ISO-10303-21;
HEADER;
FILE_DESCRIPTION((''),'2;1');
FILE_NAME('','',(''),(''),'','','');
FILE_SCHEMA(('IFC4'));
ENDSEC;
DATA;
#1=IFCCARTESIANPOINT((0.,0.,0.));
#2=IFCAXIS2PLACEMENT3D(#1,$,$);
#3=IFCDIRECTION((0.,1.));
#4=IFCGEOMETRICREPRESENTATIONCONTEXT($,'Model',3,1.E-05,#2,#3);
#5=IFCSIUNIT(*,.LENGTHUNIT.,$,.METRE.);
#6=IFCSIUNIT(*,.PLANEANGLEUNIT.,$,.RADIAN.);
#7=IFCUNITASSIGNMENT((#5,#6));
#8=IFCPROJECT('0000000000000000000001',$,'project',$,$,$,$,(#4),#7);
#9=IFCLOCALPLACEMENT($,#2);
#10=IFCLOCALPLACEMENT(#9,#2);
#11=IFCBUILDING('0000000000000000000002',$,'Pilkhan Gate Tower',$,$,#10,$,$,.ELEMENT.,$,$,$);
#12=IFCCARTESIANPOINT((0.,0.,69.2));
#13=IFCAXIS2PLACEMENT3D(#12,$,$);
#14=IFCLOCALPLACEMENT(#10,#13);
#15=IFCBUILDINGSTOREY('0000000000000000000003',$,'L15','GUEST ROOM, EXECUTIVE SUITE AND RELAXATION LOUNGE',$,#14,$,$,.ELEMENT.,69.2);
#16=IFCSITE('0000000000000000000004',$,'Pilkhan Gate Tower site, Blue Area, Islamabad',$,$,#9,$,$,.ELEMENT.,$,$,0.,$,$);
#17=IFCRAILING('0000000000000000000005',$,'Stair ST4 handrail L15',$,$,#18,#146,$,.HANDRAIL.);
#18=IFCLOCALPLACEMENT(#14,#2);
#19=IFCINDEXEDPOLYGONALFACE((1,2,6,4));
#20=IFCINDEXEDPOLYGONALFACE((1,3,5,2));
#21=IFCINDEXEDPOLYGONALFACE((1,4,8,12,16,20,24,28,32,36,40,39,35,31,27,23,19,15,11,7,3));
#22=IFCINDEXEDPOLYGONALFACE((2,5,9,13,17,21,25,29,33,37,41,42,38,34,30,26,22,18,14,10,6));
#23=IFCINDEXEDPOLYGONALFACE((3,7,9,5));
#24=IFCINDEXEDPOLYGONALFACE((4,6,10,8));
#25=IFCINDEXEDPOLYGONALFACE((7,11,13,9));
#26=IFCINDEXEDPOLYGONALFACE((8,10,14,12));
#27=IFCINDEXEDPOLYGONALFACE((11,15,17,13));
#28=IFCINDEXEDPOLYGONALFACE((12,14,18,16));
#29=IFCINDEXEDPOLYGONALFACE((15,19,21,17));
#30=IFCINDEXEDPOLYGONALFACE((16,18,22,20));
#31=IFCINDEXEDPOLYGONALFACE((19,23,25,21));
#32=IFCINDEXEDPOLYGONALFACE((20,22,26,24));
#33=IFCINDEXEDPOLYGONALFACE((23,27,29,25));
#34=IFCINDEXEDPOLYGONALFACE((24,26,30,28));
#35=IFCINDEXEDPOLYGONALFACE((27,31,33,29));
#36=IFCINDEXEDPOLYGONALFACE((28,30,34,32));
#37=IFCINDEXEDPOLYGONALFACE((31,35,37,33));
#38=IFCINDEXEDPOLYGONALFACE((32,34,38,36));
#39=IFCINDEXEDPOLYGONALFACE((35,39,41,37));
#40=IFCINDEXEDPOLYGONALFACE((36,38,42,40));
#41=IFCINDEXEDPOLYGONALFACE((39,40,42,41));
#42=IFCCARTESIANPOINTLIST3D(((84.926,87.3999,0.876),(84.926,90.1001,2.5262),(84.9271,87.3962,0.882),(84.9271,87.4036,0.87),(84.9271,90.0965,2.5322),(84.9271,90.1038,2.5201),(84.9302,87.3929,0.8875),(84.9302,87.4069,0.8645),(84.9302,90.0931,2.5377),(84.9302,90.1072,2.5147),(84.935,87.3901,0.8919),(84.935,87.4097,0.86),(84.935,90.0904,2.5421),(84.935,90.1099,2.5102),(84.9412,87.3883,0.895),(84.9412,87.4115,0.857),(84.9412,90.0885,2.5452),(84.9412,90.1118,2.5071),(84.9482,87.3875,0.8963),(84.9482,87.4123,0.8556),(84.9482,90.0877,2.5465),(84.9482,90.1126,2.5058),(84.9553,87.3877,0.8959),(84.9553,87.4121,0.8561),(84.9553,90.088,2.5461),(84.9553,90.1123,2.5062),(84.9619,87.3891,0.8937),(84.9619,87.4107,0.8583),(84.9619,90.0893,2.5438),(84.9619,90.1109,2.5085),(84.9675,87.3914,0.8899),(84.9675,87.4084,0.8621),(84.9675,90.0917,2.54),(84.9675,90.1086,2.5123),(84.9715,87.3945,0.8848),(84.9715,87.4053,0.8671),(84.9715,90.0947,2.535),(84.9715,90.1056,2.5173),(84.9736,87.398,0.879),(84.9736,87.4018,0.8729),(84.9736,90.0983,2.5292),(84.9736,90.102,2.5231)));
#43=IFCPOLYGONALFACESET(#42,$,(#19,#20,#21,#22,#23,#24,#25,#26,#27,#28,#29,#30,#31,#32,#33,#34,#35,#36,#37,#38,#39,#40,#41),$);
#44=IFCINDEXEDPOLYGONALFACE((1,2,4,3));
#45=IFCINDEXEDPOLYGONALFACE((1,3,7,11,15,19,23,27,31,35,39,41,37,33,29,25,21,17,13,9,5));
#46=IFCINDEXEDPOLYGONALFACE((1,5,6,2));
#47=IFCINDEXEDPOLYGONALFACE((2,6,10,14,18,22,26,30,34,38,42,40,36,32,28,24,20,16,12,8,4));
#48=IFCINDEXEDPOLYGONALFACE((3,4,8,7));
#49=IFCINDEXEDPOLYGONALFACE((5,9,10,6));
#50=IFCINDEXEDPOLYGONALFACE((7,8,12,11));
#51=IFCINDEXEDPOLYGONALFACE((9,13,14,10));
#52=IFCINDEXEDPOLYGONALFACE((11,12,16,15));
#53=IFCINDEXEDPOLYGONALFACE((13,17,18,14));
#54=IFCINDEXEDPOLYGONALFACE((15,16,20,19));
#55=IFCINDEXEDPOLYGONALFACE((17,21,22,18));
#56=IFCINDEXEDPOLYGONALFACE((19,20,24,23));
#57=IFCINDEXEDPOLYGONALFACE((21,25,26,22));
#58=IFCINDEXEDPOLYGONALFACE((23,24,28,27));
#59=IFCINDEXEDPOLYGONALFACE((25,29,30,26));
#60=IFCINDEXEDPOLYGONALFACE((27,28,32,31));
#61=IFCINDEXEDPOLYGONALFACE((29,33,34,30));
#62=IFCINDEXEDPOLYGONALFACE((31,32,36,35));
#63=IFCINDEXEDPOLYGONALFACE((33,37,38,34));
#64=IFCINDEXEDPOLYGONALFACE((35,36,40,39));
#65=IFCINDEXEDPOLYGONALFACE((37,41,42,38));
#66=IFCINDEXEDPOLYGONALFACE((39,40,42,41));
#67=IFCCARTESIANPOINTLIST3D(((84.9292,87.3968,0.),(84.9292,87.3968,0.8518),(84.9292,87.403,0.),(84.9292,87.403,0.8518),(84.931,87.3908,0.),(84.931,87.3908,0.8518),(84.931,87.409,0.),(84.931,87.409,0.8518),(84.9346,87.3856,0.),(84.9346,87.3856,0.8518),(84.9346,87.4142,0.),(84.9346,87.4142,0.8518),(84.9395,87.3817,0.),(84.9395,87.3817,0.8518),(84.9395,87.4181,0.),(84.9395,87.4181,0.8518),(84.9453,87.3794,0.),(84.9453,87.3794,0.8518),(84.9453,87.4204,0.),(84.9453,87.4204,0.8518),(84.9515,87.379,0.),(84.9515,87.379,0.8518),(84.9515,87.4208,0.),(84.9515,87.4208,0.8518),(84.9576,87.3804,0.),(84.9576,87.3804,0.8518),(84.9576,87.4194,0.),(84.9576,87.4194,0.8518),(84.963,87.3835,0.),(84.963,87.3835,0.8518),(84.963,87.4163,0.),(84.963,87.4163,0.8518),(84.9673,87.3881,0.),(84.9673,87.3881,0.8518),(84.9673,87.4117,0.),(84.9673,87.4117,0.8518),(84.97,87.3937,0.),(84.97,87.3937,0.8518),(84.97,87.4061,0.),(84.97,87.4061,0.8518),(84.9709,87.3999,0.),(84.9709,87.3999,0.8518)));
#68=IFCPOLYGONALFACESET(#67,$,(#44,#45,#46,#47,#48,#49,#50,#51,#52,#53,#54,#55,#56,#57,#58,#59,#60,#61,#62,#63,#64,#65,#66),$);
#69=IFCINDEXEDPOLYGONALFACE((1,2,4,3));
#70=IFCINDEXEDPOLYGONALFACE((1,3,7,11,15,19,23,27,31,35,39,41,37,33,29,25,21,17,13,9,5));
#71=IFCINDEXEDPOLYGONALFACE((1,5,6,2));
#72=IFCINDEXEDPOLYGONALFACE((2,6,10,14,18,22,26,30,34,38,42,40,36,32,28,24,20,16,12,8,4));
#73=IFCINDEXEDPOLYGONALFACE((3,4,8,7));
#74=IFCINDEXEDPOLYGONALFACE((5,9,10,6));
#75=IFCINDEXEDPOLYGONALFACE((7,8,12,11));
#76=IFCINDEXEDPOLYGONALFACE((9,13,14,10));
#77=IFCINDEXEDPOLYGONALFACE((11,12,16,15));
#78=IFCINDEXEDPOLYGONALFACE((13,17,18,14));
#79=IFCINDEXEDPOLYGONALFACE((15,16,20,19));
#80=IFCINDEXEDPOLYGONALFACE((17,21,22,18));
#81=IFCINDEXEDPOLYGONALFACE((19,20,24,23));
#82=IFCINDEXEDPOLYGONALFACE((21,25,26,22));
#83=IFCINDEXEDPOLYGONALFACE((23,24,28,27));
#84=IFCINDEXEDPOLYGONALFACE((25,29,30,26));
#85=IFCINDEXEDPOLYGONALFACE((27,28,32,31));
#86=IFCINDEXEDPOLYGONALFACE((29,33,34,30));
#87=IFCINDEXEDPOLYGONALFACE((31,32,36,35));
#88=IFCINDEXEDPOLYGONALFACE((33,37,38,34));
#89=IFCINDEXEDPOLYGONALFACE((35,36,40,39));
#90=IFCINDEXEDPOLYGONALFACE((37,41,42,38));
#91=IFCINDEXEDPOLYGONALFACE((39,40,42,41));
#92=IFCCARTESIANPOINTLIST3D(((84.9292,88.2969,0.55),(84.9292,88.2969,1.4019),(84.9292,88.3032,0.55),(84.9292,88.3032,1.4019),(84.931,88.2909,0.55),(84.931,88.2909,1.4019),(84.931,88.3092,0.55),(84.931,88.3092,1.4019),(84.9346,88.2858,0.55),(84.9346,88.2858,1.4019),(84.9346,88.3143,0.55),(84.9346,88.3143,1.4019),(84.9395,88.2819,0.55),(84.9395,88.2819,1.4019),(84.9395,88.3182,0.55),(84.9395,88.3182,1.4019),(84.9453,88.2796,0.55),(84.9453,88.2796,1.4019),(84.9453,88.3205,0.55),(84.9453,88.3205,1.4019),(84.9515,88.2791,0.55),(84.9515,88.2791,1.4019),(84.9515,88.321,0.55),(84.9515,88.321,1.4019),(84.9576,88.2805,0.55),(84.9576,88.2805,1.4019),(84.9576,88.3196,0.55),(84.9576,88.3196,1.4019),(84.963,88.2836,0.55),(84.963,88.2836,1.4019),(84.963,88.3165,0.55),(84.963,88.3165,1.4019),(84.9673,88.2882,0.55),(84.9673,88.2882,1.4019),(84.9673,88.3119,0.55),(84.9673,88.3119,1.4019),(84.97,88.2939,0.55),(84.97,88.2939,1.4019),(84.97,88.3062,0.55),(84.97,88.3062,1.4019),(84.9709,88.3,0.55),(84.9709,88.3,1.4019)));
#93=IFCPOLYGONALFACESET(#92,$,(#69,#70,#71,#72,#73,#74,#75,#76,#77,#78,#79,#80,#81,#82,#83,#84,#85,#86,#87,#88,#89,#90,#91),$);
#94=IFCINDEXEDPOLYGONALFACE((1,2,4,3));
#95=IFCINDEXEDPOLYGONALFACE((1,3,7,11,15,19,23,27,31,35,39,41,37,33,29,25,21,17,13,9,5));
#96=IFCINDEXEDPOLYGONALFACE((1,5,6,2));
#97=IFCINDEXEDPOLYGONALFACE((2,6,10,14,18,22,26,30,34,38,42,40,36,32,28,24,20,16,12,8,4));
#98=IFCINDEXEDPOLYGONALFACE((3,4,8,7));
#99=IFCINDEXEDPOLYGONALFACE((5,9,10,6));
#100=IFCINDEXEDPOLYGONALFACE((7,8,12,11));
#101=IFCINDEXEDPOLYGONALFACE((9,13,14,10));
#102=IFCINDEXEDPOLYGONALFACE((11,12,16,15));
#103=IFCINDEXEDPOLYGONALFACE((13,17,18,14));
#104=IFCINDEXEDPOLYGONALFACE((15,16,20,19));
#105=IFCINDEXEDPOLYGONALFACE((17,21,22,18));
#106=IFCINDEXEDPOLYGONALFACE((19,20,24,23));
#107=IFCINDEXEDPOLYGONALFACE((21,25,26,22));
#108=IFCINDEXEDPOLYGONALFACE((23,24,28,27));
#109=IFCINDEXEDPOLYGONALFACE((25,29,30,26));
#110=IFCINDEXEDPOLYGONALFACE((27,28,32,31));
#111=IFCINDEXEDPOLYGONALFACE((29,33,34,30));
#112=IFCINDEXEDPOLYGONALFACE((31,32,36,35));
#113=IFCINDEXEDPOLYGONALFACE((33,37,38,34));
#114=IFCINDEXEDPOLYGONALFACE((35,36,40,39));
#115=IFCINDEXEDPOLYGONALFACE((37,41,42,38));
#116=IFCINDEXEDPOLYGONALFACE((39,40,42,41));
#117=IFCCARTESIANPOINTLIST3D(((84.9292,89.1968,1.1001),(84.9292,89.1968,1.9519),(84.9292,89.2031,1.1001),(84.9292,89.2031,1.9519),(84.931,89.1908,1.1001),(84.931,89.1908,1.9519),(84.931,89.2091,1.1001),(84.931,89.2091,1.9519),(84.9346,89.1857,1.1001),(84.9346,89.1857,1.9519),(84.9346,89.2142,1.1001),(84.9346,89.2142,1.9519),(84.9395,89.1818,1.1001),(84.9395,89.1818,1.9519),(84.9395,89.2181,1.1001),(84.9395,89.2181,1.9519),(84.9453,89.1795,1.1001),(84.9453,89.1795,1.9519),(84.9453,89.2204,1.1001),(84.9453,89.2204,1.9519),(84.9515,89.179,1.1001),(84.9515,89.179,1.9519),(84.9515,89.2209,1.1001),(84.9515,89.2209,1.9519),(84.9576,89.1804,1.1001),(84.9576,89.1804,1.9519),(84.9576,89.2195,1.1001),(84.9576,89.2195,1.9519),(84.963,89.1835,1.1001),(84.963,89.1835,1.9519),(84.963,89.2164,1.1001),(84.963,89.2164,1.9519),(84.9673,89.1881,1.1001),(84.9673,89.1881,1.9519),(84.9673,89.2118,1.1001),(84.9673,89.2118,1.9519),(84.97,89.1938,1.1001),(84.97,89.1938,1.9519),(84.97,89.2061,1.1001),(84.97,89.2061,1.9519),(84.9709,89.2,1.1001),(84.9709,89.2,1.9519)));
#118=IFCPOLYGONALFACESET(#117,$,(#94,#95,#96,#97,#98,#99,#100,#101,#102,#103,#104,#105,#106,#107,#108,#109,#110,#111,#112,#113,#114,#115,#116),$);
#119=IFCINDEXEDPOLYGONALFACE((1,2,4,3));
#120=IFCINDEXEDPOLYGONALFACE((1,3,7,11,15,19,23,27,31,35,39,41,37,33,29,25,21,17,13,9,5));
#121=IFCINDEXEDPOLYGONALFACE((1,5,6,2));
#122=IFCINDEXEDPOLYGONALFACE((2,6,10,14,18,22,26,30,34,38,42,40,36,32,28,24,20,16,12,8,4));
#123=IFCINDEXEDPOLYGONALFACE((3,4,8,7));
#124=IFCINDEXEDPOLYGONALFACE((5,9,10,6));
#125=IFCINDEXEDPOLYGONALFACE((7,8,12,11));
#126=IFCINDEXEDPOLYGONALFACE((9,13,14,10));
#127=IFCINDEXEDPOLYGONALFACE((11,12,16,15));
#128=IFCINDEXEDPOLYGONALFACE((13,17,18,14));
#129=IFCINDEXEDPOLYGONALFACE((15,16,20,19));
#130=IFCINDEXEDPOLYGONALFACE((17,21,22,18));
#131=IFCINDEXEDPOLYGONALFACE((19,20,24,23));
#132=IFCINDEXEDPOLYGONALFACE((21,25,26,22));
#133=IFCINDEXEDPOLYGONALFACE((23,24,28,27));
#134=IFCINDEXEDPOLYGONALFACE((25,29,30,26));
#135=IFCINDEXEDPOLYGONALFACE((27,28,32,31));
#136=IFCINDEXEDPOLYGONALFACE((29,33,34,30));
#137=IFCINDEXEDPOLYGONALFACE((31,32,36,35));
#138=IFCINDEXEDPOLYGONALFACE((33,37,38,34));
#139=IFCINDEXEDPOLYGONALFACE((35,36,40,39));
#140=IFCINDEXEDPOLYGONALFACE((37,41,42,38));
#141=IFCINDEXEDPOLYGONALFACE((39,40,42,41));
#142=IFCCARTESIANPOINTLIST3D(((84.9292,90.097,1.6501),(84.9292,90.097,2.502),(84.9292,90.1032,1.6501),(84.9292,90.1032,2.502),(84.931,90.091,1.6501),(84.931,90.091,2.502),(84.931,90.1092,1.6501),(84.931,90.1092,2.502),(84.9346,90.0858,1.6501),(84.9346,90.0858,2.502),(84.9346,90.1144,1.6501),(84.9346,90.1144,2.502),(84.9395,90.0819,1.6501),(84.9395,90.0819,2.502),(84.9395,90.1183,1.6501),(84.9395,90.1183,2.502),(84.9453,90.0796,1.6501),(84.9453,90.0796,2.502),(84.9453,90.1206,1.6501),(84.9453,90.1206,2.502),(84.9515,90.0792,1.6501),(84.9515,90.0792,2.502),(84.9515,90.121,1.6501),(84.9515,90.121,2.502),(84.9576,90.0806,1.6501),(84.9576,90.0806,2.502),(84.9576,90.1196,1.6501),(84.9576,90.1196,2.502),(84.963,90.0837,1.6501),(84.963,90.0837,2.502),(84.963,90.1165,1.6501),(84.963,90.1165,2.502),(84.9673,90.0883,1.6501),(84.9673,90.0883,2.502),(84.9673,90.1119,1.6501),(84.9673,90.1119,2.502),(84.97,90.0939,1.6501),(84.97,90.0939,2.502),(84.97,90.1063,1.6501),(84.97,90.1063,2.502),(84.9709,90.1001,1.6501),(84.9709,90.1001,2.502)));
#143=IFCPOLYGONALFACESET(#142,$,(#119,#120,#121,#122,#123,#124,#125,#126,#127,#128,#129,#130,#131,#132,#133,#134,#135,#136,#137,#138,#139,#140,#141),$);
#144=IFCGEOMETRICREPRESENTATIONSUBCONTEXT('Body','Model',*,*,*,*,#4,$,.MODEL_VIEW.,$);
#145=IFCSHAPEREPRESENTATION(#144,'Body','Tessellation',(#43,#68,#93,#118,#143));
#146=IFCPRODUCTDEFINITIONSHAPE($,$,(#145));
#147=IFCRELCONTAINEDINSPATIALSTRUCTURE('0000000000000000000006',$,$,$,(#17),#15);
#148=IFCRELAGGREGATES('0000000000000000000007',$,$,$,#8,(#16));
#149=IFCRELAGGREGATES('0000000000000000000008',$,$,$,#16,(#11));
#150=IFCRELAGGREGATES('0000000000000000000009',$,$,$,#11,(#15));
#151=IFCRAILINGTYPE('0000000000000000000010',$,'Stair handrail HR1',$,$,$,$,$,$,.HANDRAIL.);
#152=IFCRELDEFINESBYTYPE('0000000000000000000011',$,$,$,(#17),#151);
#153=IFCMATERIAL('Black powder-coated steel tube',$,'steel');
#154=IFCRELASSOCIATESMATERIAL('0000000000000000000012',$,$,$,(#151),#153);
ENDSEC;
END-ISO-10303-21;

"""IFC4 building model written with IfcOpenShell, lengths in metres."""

from ifc_helpers import new_model, si_unit, direction, frame, origin, origin_2d, place, context, subcontext, project, spatial, circle, extrude, material, type_object, element, save


model = new_model("IFC4")

# Units and contexts
model_context = context("Model", 3, precision=1e-05, world=origin(), true_north=direction((0.0, 1.0)))
body_context = subcontext(model_context, "Body", "Model", "MODEL_VIEW")
ifc_project = project(units=[si_unit("LENGTHUNIT", "METRE"), si_unit("PLANEANGLEUNIT", "RADIAN")], contexts=[model_context])

# Site, building, storey
site_placement = place(None, origin())
site = spatial("IfcSite", under=ifc_project, at=site_placement, Name="Pilkhan Gate Tower site, Blue Area, Islamabad", CompositionType="ELEMENT", RefElevation=0.0)
building_placement = place(site_placement, origin())
building = spatial("IfcBuilding", under=site, at=building_placement, Name="Pilkhan Gate Tower", CompositionType="ELEMENT")
storey_placement = place(building_placement, frame((0.0, 0.0, 69.2)))
storey = spatial("IfcBuildingStorey", under=building, at=storey_placement, Name="L15", Description="GUEST ROOM, EXECUTIVE SUITE AND RELAXATION LOUNGE", CompositionType="ELEMENT", Elevation=69.2)

# Railing
ifc_material_1 = material(Name="Black powder-coated steel tube", Category="steel")
railing_type_1 = type_object("IfcRailingType", Name="Stair handrail HR1", PredefinedType="HANDRAIL", material=ifc_material_1)
railing_1_placement = place(storey_placement, frame((84.95, 87.3999, 0.0)))
element("IfcRailing", 1, at=railing_1_placement, inside=storey, type_object=railing_type_1, Name="Stair ST4 handrail L15", PredefinedType="HANDRAIL", context=body_context, shape_type="SweptSolid", body=[
    extrude(circle(Radius=0.0239, at=origin_2d()), frame((0.0, 0.0, 0.876), z_axis=(0.0, 0.853278, 0.521456), x_axis=(-1.0, 0.0, 0.0)), (0.0, 0.0, 1.0), 3.1646),
    extrude(circle(Radius=0.021, at=origin_2d()), origin(), (0.0, 0.0, 1.0), 0.8518),
    extrude(circle(Radius=0.021, at=origin_2d()), frame((0.0, 0.9001, 0.55)), (0.0, 0.0, 1.0), 0.8518),
    extrude(circle(Radius=0.021, at=origin_2d()), frame((0.0, 1.8, 1.1001)), (0.0, 0.0, 1.0), 0.8518),
    extrude(circle(Radius=0.021, at=origin_2d()), frame((0.0, 2.7002, 1.6501)), (0.0, 0.0, 1.0), 0.8518),
])

save(model, "model.ifc")
